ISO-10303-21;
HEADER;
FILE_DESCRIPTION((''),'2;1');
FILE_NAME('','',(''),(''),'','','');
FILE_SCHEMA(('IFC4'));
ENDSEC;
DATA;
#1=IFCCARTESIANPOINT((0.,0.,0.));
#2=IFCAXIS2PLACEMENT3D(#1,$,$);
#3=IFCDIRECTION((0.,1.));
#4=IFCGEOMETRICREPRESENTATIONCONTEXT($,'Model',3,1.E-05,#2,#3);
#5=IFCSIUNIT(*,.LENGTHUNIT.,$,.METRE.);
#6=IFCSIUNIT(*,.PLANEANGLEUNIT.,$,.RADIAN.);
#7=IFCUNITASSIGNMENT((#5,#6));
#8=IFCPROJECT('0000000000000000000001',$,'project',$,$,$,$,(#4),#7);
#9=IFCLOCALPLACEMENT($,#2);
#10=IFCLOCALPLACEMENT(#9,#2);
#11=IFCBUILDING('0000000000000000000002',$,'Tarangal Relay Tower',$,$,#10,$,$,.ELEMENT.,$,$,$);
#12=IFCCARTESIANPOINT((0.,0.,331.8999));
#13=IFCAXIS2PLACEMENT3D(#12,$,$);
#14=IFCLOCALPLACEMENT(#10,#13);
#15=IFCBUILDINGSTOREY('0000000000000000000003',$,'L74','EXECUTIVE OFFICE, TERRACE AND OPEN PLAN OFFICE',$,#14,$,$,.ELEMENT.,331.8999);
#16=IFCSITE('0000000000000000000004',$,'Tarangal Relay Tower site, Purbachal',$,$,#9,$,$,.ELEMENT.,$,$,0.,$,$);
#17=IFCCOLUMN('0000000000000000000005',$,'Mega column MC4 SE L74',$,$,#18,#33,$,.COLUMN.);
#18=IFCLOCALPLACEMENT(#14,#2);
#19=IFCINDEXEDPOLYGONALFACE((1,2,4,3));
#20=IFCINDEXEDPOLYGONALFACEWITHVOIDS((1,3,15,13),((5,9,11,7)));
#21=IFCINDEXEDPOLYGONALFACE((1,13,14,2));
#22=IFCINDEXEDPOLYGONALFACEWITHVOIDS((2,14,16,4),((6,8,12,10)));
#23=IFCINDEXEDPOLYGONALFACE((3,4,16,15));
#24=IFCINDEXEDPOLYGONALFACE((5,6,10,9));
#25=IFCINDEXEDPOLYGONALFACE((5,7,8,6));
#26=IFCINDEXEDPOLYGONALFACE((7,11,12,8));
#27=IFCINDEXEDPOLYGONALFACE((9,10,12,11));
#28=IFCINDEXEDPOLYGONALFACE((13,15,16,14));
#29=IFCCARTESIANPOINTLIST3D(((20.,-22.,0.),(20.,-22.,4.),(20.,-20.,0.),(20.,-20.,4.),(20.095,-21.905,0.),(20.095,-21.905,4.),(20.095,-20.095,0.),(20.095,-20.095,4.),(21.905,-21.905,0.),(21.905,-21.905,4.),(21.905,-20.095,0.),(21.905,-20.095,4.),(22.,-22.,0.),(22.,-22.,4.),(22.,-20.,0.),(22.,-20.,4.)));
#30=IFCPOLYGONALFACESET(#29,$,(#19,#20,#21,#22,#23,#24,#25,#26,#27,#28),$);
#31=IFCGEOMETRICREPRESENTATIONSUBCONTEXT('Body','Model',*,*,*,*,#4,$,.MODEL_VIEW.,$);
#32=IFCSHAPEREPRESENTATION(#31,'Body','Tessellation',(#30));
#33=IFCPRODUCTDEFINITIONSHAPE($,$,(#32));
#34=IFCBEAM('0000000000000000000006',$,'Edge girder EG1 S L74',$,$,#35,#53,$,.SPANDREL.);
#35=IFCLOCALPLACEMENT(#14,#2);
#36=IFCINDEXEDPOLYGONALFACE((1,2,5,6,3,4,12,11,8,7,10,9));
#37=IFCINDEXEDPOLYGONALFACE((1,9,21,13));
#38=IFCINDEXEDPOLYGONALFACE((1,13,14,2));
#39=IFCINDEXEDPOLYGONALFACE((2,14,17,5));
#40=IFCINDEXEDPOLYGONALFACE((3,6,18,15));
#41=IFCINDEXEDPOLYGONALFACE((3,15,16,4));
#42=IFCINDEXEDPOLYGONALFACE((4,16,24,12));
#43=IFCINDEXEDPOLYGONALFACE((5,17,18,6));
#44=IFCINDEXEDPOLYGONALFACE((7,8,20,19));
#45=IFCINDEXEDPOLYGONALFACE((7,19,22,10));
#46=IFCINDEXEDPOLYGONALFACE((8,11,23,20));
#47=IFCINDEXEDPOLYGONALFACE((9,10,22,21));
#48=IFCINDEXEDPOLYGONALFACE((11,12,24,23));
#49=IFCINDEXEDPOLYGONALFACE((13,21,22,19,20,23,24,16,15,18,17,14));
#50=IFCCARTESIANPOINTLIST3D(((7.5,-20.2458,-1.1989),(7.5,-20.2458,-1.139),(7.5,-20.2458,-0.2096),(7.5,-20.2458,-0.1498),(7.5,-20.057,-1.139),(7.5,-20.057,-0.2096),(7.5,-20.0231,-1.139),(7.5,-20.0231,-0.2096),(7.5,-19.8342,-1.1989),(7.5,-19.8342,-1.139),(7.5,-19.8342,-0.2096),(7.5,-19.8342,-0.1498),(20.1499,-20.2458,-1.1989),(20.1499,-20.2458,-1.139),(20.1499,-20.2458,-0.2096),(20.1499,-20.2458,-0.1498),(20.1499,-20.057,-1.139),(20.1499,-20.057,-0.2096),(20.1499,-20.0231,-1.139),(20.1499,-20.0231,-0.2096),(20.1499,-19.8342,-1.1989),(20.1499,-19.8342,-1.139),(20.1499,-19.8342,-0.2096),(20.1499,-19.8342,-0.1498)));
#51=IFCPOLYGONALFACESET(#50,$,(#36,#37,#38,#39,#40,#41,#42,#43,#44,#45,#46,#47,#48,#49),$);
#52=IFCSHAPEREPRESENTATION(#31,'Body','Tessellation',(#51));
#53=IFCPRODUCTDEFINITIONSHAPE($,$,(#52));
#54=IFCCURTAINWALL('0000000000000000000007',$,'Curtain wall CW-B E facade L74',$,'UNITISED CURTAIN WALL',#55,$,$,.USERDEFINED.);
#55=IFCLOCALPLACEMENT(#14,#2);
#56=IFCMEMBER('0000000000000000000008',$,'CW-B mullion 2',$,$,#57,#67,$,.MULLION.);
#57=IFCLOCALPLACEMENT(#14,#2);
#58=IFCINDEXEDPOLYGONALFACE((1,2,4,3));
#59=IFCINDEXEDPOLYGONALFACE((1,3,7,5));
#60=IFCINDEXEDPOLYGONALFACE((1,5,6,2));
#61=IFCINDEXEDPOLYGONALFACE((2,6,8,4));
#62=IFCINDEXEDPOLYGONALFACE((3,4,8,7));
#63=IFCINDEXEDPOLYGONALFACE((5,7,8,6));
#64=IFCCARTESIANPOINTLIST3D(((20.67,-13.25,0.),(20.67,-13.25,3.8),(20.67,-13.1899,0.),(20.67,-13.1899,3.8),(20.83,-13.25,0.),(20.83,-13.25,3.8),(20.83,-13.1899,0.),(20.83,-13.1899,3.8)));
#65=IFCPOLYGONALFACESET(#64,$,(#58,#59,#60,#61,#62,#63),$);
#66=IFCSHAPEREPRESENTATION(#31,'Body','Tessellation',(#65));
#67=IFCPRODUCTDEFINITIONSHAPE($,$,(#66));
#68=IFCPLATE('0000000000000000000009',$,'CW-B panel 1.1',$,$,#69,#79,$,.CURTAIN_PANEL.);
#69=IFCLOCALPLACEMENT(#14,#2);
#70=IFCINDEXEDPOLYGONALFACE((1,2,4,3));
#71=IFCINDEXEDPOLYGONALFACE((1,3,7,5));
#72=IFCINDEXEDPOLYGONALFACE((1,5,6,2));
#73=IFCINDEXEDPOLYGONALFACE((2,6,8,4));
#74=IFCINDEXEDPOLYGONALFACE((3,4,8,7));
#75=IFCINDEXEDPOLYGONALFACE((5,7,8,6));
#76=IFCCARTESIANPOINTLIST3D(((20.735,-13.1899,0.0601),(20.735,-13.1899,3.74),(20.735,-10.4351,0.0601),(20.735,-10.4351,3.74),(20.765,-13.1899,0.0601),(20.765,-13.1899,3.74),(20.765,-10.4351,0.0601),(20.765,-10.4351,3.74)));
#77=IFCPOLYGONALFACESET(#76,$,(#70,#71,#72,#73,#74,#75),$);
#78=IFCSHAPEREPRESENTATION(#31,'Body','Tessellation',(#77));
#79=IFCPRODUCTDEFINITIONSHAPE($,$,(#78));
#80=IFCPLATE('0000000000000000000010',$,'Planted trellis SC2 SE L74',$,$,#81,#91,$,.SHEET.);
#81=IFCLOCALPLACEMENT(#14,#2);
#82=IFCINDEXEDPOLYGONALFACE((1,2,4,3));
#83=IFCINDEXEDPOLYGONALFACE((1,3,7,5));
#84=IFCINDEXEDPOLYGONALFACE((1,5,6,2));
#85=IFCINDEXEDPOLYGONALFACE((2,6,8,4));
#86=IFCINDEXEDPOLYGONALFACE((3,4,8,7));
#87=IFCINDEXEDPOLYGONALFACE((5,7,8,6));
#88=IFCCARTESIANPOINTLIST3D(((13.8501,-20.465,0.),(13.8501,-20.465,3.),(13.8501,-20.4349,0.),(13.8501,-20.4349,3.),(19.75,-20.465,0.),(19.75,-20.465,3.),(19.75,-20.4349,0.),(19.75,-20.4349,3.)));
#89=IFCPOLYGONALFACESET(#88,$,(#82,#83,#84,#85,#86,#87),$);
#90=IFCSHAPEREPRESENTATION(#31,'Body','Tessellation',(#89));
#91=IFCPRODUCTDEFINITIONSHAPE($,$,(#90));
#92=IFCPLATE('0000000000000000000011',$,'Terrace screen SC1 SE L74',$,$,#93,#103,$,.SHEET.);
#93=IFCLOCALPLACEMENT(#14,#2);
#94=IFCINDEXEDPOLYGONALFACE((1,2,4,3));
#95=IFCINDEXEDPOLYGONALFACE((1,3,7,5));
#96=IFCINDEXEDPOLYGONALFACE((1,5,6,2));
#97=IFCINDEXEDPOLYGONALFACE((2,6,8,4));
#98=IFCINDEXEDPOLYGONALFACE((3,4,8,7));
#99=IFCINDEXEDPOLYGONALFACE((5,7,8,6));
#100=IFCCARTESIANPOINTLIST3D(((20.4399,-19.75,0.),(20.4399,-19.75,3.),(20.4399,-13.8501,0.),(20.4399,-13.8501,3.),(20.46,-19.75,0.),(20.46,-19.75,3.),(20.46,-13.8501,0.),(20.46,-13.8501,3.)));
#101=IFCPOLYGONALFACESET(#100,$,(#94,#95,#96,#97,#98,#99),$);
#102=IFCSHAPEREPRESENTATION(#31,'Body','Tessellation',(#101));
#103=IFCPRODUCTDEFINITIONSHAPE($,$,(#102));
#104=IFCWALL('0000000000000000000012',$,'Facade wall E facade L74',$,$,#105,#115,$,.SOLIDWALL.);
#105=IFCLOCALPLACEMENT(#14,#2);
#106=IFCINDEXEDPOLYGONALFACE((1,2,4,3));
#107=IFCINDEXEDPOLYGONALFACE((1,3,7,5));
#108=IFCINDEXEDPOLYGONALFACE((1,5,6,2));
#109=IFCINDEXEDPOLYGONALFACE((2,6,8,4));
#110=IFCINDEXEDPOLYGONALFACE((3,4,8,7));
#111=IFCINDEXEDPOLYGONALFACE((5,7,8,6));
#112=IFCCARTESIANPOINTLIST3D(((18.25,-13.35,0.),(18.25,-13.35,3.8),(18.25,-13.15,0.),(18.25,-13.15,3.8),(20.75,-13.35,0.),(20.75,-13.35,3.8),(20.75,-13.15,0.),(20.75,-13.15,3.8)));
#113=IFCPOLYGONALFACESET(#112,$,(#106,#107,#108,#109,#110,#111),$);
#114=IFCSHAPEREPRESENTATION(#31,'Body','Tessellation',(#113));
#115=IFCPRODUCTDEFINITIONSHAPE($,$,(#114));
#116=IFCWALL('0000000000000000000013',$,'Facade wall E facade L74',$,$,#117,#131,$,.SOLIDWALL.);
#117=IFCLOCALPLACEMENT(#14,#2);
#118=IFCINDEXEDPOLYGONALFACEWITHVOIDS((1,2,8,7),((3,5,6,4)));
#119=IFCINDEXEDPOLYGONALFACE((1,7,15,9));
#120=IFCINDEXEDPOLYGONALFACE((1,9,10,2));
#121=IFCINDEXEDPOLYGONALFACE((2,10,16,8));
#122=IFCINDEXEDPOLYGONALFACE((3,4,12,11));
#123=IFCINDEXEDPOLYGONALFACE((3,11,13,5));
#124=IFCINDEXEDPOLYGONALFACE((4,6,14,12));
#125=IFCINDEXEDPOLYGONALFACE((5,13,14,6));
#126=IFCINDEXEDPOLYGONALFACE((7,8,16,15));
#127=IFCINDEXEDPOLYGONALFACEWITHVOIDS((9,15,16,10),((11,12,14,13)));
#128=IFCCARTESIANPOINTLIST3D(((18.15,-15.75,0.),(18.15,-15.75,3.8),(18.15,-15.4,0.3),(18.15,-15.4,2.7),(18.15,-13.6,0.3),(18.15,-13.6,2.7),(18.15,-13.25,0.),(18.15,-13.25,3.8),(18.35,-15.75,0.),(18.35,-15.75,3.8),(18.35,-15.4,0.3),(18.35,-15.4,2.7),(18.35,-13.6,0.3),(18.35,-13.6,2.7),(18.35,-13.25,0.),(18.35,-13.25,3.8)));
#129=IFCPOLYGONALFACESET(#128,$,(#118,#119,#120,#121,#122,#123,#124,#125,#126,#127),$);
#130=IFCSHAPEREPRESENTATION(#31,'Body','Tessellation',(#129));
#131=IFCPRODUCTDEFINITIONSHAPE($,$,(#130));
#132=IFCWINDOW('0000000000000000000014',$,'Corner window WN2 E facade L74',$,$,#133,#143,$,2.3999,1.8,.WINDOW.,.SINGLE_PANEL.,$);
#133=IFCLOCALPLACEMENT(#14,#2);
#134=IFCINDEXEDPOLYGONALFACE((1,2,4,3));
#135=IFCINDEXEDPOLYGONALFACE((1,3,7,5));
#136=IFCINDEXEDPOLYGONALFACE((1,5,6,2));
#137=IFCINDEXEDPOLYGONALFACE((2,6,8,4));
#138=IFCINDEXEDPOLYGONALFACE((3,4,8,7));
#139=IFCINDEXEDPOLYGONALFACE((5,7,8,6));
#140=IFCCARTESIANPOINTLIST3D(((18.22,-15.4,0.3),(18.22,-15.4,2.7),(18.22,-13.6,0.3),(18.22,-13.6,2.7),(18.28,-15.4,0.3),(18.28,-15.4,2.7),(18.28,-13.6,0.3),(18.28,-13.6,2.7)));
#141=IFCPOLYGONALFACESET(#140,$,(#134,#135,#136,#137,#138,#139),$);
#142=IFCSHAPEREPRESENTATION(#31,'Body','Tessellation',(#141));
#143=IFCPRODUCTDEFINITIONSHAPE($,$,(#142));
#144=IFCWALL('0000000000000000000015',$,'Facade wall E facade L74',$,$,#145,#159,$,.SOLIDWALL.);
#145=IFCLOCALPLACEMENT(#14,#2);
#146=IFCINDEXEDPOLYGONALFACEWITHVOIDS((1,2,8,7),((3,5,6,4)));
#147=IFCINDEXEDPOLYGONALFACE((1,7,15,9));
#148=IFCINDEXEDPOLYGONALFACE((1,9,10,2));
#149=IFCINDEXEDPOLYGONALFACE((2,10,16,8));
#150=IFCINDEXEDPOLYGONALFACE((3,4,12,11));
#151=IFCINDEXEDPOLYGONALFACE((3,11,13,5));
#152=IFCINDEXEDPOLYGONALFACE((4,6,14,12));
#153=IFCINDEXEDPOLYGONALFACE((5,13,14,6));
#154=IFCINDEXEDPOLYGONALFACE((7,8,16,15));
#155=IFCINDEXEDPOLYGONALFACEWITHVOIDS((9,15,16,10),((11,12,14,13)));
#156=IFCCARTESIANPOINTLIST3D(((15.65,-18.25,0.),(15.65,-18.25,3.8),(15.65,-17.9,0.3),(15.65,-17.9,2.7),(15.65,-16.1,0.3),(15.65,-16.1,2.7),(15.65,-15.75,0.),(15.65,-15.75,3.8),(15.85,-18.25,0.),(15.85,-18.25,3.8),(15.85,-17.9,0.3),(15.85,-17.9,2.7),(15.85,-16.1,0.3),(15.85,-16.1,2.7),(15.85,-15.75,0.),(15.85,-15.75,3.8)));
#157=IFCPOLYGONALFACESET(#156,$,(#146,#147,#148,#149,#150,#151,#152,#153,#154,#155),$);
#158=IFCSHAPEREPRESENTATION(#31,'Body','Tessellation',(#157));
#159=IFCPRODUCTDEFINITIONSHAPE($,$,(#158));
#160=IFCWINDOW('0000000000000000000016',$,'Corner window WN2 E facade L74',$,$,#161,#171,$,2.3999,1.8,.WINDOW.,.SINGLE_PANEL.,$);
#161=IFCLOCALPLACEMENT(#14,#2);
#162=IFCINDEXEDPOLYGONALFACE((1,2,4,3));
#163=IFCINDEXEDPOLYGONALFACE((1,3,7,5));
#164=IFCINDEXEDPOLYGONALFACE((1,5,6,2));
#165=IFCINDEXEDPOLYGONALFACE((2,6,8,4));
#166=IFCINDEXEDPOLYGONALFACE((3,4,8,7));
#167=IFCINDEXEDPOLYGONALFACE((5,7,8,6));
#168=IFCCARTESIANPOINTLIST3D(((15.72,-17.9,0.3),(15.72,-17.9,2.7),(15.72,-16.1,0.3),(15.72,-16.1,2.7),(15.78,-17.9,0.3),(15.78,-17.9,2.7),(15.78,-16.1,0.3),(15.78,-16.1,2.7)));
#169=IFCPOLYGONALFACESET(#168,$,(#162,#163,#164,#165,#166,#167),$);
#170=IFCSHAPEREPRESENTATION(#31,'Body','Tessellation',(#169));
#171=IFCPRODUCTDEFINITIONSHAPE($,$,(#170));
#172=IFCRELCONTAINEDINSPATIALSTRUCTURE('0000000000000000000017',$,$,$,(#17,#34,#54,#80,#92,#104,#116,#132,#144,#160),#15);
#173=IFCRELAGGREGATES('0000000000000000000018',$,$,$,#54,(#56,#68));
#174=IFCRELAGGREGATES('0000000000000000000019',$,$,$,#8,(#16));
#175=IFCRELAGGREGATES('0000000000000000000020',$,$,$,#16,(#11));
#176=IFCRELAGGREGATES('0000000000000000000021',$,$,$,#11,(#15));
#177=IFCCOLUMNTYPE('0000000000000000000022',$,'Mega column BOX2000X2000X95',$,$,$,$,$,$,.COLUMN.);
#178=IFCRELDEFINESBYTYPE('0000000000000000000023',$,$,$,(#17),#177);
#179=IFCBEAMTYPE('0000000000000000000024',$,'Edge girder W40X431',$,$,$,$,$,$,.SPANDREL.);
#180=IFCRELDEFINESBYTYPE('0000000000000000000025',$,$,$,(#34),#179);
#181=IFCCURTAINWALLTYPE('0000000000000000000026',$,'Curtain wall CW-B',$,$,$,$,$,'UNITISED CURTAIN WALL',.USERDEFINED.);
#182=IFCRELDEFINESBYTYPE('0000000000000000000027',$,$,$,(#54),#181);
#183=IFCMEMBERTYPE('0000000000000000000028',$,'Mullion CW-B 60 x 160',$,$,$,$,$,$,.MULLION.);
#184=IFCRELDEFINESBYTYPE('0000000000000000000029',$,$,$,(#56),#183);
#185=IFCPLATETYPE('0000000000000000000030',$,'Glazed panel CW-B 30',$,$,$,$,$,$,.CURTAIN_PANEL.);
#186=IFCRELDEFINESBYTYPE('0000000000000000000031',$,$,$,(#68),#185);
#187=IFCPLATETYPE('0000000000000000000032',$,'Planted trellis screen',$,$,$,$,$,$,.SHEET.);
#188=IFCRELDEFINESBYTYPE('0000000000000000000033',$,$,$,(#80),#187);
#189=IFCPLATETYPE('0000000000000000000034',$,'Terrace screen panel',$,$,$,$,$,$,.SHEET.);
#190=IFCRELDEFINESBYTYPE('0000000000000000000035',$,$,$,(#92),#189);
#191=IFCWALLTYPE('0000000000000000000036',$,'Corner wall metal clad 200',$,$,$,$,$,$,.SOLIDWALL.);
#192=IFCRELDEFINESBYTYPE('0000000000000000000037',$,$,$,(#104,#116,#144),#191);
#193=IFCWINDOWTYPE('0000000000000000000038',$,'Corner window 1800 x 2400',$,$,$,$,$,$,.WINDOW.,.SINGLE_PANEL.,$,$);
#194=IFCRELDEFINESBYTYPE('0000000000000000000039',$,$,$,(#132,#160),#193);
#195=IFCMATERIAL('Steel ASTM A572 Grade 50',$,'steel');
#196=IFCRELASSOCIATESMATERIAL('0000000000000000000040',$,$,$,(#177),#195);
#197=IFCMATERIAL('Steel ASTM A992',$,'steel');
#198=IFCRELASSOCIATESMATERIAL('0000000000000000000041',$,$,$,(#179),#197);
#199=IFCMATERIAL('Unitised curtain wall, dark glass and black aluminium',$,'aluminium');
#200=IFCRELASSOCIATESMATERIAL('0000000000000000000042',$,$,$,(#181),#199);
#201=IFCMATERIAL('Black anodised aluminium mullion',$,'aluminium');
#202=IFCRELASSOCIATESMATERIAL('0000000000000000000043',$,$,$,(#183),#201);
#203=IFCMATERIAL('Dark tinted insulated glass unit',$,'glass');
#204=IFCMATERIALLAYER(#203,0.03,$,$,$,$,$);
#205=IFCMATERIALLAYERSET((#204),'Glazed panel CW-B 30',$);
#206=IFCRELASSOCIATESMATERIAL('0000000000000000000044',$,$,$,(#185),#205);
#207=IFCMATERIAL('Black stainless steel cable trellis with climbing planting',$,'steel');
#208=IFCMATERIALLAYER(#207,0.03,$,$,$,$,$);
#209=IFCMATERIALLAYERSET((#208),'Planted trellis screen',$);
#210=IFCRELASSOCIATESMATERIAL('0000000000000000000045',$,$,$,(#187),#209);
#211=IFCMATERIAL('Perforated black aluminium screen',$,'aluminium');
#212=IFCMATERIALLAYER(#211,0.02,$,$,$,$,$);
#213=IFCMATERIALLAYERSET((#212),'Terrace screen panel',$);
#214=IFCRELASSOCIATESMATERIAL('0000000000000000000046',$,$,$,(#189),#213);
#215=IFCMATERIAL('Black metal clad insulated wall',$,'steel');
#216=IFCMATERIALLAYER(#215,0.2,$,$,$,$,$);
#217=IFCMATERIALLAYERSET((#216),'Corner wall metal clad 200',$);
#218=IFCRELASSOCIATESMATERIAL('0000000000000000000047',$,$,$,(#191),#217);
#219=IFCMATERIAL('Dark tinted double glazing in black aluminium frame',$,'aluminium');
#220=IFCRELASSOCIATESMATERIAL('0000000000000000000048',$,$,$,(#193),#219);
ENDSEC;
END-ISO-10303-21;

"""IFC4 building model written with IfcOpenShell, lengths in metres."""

from ifc_helpers import new_model, si_unit, direction, frame, frame_2d, origin, origin_2d, place, context, subcontext, project, spatial, rectangle, hollow_rectangle, i_section, extrude, material, layer, layer_set, material_profile, profile_set, type_object, element, fill, aggregate, save


model = new_model("IFC4")

# Units and contexts
model_context = context("Model", 3, precision=1e-05, world=origin(), true_north=direction((0.0, 1.0)))
body_context = subcontext(model_context, "Body", "Model", "MODEL_VIEW")
ifc_project = project(units=[si_unit("LENGTHUNIT", "METRE"), si_unit("PLANEANGLEUNIT", "RADIAN")], contexts=[model_context])

# Site, building, storey
site_placement = place(None, origin())
site = spatial("IfcSite", under=ifc_project, at=site_placement, Name="Tarangal Relay Tower site, Purbachal", CompositionType="ELEMENT", RefElevation=0.0)
building_placement = place(site_placement, origin())
building = spatial("IfcBuilding", under=site, at=building_placement, Name="Tarangal Relay Tower", CompositionType="ELEMENT")
storey_placement = place(building_placement, frame((0.0, 0.0, 331.8999)))
storey = spatial("IfcBuildingStorey", under=building, at=storey_placement, Name="L74", Description="EXECUTIVE OFFICE, TERRACE AND OPEN PLAN OFFICE", CompositionType="ELEMENT", Elevation=331.8999)

# Column
ifc_material_1 = material(Name="Steel ASTM A572 Grade 50", Category="steel")
ifc_material_profile_1 = material_profile(ifc_material_1, hollow_rectangle(XDim=2.0, YDim=2.0, WallThickness=0.095, at=origin_2d()), Name="BOX2000X2000X95")
ifc_profile_set_1 = profile_set([ifc_material_profile_1], Name="Steel ASTM A572 Grade 50")
column_type = type_object("IfcColumnType", Name="Mega column BOX2000X2000X95", PredefinedType="COLUMN", material=ifc_profile_set_1)
column_placement = place(storey_placement, frame((21.0, -21.0, 0.0), z_axis=(0.0, 0.0, 1.0), x_axis=(1.0, 0.0, 0.0)))
element("IfcColumn", 1, at=column_placement, inside=storey, type_object=column_type, Name="Mega column MC4 SE L74", PredefinedType="COLUMN", context=body_context, shape_type="SweptSolid", body=[
    extrude(hollow_rectangle(XDim=2.0, YDim=2.0, WallThickness=0.095, at=origin_2d()), origin(), (0.0, 0.0, 1.0), 4.0),
])

# Beam
ifc_material_2 = material(Name="Steel ASTM A992", Category="steel")
ifc_material_profile_2 = material_profile(ifc_material_2, i_section(OverallWidth=0.4116, OverallDepth=1.0491, WebThickness=0.0339, FlangeThickness=0.0598, at=origin_2d()), Name="W40X431")
ifc_profile_set_2 = profile_set([ifc_material_profile_2], Name="Steel ASTM A992")
beam_type = type_object("IfcBeamType", Name="Edge girder W40X431", PredefinedType="SPANDREL", material=ifc_profile_set_2)
beam_placement = place(storey_placement, frame((20.1499, -20.04, -0.6743), z_axis=(-1.0, 0.0, 0.0), x_axis=(0.0, -1.0, 0.0)))
element("IfcBeam", 2, at=beam_placement, inside=storey, type_object=beam_type, Name="Edge girder EG1 S L74", PredefinedType="SPANDREL", context=body_context, shape_type="SweptSolid", body=[
    extrude(i_section(OverallWidth=0.4116, OverallDepth=1.0491, WebThickness=0.0339, FlangeThickness=0.0598, at=origin_2d()), origin(), (0.0, 0.0, 1.0), 12.6499),
])

# Curtain wall, member, plate
ifc_material_3 = material(Name="Unitised curtain wall, dark glass and black aluminium", Category="aluminium")
curtain_wall_type = type_object("IfcCurtainWallType", Name="Curtain wall CW-B", ElementType="UNITISED CURTAIN WALL", PredefinedType="USERDEFINED", material=ifc_material_3)
curtain_wall_placement = place(storey_placement, origin())
curtain_wall = element("IfcCurtainWall", 3, at=curtain_wall_placement, inside=storey, type_object=curtain_wall_type, Name="Curtain wall CW-B E facade L74", ObjectType="UNITISED CURTAIN WALL", PredefinedType="USERDEFINED")
ifc_material_4 = material(Name="Black anodised aluminium mullion", Category="aluminium")
ifc_material_profile_3 = material_profile(ifc_material_4, rectangle(XDim=0.1599, YDim=0.0601, at=origin_2d()), Name="CW-BM 60X160")
ifc_profile_set_3 = profile_set([ifc_material_profile_3], Name="Black anodised aluminium mullion")
member_type = type_object("IfcMemberType", Name="Mullion CW-B 60 x 160", PredefinedType="MULLION", material=ifc_profile_set_3)
member_placement = place(storey_placement, frame((20.75, -13.22, 0.0), z_axis=(0.0, 0.0, 1.0), x_axis=(1.0, 0.0, 0.0)))
member = element("IfcMember", 4, at=member_placement, type_object=member_type, Name="CW-B mullion 2", PredefinedType="MULLION", context=body_context, shape_type="SweptSolid", body=[
    extrude(rectangle(XDim=0.1599, YDim=0.0601, at=origin_2d()), origin(), (0.0, 0.0, 1.0), 3.8),
])
ifc_material_5 = material(Name="Dark tinted insulated glass unit", Category="glass")
ifc_layer_1 = layer(ifc_material_5, 0.03)
ifc_layer_set_1 = layer_set([ifc_layer_1], Name="Glazed panel CW-B 30")
plate_type_1 = type_object("IfcPlateType", Name="Glazed panel CW-B 30", PredefinedType="CURTAIN_PANEL", material=ifc_layer_set_1)
plate_1_placement = place(storey_placement, frame((20.75, -11.8125, 0.0601), z_axis=(0.0, 0.0, 1.0), x_axis=(0.0, -1.0, 0.0)))
plate_1 = element("IfcPlate", 5, at=plate_1_placement, type_object=plate_type_1, Name="CW-B panel 1.1", PredefinedType="CURTAIN_PANEL", context=body_context, shape_type="SweptSolid", body=[
    extrude(rectangle(XDim=2.7549, YDim=0.03, at=origin_2d()), origin(), (0.0, 0.0, 1.0), 3.6799),
])
aggregate(curtain_wall, [member, plate_1])

# Plates
ifc_material_6 = material(Name="Black stainless steel cable trellis with climbing planting", Category="steel")
ifc_layer_2 = layer(ifc_material_6, 0.03)
ifc_layer_set_2 = layer_set([ifc_layer_2], Name="Planted trellis screen")
plate_type_2 = type_object("IfcPlateType", Name="Planted trellis screen", PredefinedType="SHEET", material=ifc_layer_set_2)
plate_2_placement = place(storey_placement, frame((16.8, -20.45, 0.0), z_axis=(0.0, 0.0, 1.0), x_axis=(-1.0, 0.0, 0.0)))
element("IfcPlate", 6, at=plate_2_placement, inside=storey, type_object=plate_type_2, Name="Planted trellis SC2 SE L74", PredefinedType="SHEET", context=body_context, shape_type="SweptSolid", body=[
    extrude(rectangle(XDim=5.8999, YDim=0.03, at=origin_2d()), origin(), (0.0, 0.0, 1.0), 3.0),
])
ifc_material_7 = material(Name="Perforated black aluminium screen", Category="aluminium")
ifc_layer_3 = layer(ifc_material_7, 0.02)
ifc_layer_set_3 = layer_set([ifc_layer_3], Name="Terrace screen panel")
plate_type_3 = type_object("IfcPlateType", Name="Terrace screen panel", PredefinedType="SHEET", material=ifc_layer_set_3)
plate_3_placement = place(storey_placement, frame((20.45, -16.8, 0.0), z_axis=(0.0, 0.0, 1.0), x_axis=(0.0, -1.0, 0.0)))
element("IfcPlate", 7, at=plate_3_placement, inside=storey, type_object=plate_type_3, Name="Terrace screen SC1 SE L74", PredefinedType="SHEET", context=body_context, shape_type="SweptSolid", body=[
    extrude(rectangle(XDim=5.8999, YDim=0.02, at=origin_2d()), origin(), (0.0, 0.0, 1.0), 3.0),
])

# Wall
ifc_material_8 = material(Name="Black metal clad insulated wall", Category="steel")
ifc_layer_4 = layer(ifc_material_8, 0.2)
ifc_layer_set_4 = layer_set([ifc_layer_4], Name="Corner wall metal clad 200")
wall_type_1 = type_object("IfcWallType", Name="Corner wall metal clad 200", PredefinedType="SOLIDWALL", material=ifc_layer_set_4)
wall_1_placement = place(storey_placement, frame((20.75, -13.25, 0.0), z_axis=(0.0, 0.0, 1.0), x_axis=(-1.0, 0.0, 0.0)))
element("IfcWall", 8, at=wall_1_placement, inside=storey, type_object=wall_type_1, Name="Facade wall E facade L74", PredefinedType="SOLIDWALL", context=body_context, shape_type="SweptSolid", body=[
    extrude(rectangle(XDim=2.5, YDim=0.2, at=frame_2d((1.25, 0.0))), origin(), (0.0, 0.0, 1.0), 3.8),
])

# Wall, opening, window
wall_2_placement = place(storey_placement, frame((18.25, -13.25, 0.0), z_axis=(0.0, 0.0, 1.0), x_axis=(0.0, -1.0, 0.0)))
wall_2 = element("IfcWall", 9, at=wall_2_placement, inside=storey, type_object=wall_type_1, Name="Facade wall E facade L74", PredefinedType="SOLIDWALL", context=body_context, shape_type="SweptSolid", body=[
    extrude(rectangle(XDim=2.5, YDim=0.2, at=frame_2d((1.25, 0.0))), origin(), (0.0, 0.0, 1.0), 3.8),
])
opening_1_placement = place(wall_2_placement, frame((0.3501, 0.0, 0.3)))
opening_1 = element("IfcOpeningElement", 10, at=opening_1_placement, cuts=wall_2, PredefinedType="OPENING", context=body_context, shape_type="SweptSolid", body=[
    extrude(rectangle(XDim=1.8, YDim=2.3999, at=frame_2d((0.8999, 1.2))), frame((0.0, 0.1099, 0.0), z_axis=(0.0, -1.0, 0.0), x_axis=(1.0, 0.0, 0.0)), (0.0, 0.0, 1.0), 0.22),
])
ifc_material_9 = material(Name="Dark tinted double glazing in black aluminium frame", Category="aluminium")
window_type = type_object("IfcWindowType", Name="Corner window 1800 x 2400", PartitioningType="SINGLE_PANEL", PredefinedType="WINDOW", material=ifc_material_9)
window_1_placement = place(opening_1_placement, origin())
window_1 = element("IfcWindow", 11, at=window_1_placement, inside=storey, type_object=window_type, Name="Corner window WN2 E facade L74", OverallHeight=2.3999, OverallWidth=1.8, PartitioningType="SINGLE_PANEL", PredefinedType="WINDOW", context=body_context, shape_type="SweptSolid", body=[
    extrude(rectangle(XDim=1.8, YDim=2.3999, at=frame_2d((0.8999, 1.2))), frame((0.0, 0.03, 0.0), z_axis=(0.0, -1.0, 0.0), x_axis=(1.0, 0.0, 0.0)), (0.0, 0.0, 1.0), 0.0601),
])
fill(opening_1, window_1)

# Wall, opening, window
wall_3_placement = place(storey_placement, frame((15.75, -15.75, 0.0), z_axis=(0.0, 0.0, 1.0), x_axis=(0.0, -1.0, 0.0)))
wall_3 = element("IfcWall", 12, at=wall_3_placement, inside=storey, type_object=wall_type_1, Name="Facade wall E facade L74", PredefinedType="SOLIDWALL", context=body_context, shape_type="SweptSolid", body=[
    extrude(rectangle(XDim=2.5, YDim=0.2, at=frame_2d((1.25, 0.0))), origin(), (0.0, 0.0, 1.0), 3.8),
])
opening_2_placement = place(wall_3_placement, frame((0.3501, 0.0, 0.3)))
opening_2 = element("IfcOpeningElement", 13, at=opening_2_placement, cuts=wall_3, PredefinedType="OPENING", context=body_context, shape_type="SweptSolid", body=[
    extrude(rectangle(XDim=1.8, YDim=2.3999, at=frame_2d((0.8999, 1.2))), frame((0.0, 0.1099, 0.0), z_axis=(0.0, -1.0, 0.0), x_axis=(1.0, 0.0, 0.0)), (0.0, 0.0, 1.0), 0.22),
])
window_2_placement = place(opening_2_placement, origin())
window_2 = element("IfcWindow", 14, at=window_2_placement, inside=storey, type_object=window_type, Name="Corner window WN2 E facade L74", OverallHeight=2.3999, OverallWidth=1.8, PartitioningType="SINGLE_PANEL", PredefinedType="WINDOW", context=body_context, shape_type="SweptSolid", body=[
    extrude(rectangle(XDim=1.8, YDim=2.3999, at=frame_2d((0.8999, 1.2))), frame((0.0, 0.03, 0.0), z_axis=(0.0, -1.0, 0.0), x_axis=(1.0, 0.0, 0.0)), (0.0, 0.0, 1.0), 0.0601),
])
fill(opening_2, window_2)

save(model, "model.ifc")
